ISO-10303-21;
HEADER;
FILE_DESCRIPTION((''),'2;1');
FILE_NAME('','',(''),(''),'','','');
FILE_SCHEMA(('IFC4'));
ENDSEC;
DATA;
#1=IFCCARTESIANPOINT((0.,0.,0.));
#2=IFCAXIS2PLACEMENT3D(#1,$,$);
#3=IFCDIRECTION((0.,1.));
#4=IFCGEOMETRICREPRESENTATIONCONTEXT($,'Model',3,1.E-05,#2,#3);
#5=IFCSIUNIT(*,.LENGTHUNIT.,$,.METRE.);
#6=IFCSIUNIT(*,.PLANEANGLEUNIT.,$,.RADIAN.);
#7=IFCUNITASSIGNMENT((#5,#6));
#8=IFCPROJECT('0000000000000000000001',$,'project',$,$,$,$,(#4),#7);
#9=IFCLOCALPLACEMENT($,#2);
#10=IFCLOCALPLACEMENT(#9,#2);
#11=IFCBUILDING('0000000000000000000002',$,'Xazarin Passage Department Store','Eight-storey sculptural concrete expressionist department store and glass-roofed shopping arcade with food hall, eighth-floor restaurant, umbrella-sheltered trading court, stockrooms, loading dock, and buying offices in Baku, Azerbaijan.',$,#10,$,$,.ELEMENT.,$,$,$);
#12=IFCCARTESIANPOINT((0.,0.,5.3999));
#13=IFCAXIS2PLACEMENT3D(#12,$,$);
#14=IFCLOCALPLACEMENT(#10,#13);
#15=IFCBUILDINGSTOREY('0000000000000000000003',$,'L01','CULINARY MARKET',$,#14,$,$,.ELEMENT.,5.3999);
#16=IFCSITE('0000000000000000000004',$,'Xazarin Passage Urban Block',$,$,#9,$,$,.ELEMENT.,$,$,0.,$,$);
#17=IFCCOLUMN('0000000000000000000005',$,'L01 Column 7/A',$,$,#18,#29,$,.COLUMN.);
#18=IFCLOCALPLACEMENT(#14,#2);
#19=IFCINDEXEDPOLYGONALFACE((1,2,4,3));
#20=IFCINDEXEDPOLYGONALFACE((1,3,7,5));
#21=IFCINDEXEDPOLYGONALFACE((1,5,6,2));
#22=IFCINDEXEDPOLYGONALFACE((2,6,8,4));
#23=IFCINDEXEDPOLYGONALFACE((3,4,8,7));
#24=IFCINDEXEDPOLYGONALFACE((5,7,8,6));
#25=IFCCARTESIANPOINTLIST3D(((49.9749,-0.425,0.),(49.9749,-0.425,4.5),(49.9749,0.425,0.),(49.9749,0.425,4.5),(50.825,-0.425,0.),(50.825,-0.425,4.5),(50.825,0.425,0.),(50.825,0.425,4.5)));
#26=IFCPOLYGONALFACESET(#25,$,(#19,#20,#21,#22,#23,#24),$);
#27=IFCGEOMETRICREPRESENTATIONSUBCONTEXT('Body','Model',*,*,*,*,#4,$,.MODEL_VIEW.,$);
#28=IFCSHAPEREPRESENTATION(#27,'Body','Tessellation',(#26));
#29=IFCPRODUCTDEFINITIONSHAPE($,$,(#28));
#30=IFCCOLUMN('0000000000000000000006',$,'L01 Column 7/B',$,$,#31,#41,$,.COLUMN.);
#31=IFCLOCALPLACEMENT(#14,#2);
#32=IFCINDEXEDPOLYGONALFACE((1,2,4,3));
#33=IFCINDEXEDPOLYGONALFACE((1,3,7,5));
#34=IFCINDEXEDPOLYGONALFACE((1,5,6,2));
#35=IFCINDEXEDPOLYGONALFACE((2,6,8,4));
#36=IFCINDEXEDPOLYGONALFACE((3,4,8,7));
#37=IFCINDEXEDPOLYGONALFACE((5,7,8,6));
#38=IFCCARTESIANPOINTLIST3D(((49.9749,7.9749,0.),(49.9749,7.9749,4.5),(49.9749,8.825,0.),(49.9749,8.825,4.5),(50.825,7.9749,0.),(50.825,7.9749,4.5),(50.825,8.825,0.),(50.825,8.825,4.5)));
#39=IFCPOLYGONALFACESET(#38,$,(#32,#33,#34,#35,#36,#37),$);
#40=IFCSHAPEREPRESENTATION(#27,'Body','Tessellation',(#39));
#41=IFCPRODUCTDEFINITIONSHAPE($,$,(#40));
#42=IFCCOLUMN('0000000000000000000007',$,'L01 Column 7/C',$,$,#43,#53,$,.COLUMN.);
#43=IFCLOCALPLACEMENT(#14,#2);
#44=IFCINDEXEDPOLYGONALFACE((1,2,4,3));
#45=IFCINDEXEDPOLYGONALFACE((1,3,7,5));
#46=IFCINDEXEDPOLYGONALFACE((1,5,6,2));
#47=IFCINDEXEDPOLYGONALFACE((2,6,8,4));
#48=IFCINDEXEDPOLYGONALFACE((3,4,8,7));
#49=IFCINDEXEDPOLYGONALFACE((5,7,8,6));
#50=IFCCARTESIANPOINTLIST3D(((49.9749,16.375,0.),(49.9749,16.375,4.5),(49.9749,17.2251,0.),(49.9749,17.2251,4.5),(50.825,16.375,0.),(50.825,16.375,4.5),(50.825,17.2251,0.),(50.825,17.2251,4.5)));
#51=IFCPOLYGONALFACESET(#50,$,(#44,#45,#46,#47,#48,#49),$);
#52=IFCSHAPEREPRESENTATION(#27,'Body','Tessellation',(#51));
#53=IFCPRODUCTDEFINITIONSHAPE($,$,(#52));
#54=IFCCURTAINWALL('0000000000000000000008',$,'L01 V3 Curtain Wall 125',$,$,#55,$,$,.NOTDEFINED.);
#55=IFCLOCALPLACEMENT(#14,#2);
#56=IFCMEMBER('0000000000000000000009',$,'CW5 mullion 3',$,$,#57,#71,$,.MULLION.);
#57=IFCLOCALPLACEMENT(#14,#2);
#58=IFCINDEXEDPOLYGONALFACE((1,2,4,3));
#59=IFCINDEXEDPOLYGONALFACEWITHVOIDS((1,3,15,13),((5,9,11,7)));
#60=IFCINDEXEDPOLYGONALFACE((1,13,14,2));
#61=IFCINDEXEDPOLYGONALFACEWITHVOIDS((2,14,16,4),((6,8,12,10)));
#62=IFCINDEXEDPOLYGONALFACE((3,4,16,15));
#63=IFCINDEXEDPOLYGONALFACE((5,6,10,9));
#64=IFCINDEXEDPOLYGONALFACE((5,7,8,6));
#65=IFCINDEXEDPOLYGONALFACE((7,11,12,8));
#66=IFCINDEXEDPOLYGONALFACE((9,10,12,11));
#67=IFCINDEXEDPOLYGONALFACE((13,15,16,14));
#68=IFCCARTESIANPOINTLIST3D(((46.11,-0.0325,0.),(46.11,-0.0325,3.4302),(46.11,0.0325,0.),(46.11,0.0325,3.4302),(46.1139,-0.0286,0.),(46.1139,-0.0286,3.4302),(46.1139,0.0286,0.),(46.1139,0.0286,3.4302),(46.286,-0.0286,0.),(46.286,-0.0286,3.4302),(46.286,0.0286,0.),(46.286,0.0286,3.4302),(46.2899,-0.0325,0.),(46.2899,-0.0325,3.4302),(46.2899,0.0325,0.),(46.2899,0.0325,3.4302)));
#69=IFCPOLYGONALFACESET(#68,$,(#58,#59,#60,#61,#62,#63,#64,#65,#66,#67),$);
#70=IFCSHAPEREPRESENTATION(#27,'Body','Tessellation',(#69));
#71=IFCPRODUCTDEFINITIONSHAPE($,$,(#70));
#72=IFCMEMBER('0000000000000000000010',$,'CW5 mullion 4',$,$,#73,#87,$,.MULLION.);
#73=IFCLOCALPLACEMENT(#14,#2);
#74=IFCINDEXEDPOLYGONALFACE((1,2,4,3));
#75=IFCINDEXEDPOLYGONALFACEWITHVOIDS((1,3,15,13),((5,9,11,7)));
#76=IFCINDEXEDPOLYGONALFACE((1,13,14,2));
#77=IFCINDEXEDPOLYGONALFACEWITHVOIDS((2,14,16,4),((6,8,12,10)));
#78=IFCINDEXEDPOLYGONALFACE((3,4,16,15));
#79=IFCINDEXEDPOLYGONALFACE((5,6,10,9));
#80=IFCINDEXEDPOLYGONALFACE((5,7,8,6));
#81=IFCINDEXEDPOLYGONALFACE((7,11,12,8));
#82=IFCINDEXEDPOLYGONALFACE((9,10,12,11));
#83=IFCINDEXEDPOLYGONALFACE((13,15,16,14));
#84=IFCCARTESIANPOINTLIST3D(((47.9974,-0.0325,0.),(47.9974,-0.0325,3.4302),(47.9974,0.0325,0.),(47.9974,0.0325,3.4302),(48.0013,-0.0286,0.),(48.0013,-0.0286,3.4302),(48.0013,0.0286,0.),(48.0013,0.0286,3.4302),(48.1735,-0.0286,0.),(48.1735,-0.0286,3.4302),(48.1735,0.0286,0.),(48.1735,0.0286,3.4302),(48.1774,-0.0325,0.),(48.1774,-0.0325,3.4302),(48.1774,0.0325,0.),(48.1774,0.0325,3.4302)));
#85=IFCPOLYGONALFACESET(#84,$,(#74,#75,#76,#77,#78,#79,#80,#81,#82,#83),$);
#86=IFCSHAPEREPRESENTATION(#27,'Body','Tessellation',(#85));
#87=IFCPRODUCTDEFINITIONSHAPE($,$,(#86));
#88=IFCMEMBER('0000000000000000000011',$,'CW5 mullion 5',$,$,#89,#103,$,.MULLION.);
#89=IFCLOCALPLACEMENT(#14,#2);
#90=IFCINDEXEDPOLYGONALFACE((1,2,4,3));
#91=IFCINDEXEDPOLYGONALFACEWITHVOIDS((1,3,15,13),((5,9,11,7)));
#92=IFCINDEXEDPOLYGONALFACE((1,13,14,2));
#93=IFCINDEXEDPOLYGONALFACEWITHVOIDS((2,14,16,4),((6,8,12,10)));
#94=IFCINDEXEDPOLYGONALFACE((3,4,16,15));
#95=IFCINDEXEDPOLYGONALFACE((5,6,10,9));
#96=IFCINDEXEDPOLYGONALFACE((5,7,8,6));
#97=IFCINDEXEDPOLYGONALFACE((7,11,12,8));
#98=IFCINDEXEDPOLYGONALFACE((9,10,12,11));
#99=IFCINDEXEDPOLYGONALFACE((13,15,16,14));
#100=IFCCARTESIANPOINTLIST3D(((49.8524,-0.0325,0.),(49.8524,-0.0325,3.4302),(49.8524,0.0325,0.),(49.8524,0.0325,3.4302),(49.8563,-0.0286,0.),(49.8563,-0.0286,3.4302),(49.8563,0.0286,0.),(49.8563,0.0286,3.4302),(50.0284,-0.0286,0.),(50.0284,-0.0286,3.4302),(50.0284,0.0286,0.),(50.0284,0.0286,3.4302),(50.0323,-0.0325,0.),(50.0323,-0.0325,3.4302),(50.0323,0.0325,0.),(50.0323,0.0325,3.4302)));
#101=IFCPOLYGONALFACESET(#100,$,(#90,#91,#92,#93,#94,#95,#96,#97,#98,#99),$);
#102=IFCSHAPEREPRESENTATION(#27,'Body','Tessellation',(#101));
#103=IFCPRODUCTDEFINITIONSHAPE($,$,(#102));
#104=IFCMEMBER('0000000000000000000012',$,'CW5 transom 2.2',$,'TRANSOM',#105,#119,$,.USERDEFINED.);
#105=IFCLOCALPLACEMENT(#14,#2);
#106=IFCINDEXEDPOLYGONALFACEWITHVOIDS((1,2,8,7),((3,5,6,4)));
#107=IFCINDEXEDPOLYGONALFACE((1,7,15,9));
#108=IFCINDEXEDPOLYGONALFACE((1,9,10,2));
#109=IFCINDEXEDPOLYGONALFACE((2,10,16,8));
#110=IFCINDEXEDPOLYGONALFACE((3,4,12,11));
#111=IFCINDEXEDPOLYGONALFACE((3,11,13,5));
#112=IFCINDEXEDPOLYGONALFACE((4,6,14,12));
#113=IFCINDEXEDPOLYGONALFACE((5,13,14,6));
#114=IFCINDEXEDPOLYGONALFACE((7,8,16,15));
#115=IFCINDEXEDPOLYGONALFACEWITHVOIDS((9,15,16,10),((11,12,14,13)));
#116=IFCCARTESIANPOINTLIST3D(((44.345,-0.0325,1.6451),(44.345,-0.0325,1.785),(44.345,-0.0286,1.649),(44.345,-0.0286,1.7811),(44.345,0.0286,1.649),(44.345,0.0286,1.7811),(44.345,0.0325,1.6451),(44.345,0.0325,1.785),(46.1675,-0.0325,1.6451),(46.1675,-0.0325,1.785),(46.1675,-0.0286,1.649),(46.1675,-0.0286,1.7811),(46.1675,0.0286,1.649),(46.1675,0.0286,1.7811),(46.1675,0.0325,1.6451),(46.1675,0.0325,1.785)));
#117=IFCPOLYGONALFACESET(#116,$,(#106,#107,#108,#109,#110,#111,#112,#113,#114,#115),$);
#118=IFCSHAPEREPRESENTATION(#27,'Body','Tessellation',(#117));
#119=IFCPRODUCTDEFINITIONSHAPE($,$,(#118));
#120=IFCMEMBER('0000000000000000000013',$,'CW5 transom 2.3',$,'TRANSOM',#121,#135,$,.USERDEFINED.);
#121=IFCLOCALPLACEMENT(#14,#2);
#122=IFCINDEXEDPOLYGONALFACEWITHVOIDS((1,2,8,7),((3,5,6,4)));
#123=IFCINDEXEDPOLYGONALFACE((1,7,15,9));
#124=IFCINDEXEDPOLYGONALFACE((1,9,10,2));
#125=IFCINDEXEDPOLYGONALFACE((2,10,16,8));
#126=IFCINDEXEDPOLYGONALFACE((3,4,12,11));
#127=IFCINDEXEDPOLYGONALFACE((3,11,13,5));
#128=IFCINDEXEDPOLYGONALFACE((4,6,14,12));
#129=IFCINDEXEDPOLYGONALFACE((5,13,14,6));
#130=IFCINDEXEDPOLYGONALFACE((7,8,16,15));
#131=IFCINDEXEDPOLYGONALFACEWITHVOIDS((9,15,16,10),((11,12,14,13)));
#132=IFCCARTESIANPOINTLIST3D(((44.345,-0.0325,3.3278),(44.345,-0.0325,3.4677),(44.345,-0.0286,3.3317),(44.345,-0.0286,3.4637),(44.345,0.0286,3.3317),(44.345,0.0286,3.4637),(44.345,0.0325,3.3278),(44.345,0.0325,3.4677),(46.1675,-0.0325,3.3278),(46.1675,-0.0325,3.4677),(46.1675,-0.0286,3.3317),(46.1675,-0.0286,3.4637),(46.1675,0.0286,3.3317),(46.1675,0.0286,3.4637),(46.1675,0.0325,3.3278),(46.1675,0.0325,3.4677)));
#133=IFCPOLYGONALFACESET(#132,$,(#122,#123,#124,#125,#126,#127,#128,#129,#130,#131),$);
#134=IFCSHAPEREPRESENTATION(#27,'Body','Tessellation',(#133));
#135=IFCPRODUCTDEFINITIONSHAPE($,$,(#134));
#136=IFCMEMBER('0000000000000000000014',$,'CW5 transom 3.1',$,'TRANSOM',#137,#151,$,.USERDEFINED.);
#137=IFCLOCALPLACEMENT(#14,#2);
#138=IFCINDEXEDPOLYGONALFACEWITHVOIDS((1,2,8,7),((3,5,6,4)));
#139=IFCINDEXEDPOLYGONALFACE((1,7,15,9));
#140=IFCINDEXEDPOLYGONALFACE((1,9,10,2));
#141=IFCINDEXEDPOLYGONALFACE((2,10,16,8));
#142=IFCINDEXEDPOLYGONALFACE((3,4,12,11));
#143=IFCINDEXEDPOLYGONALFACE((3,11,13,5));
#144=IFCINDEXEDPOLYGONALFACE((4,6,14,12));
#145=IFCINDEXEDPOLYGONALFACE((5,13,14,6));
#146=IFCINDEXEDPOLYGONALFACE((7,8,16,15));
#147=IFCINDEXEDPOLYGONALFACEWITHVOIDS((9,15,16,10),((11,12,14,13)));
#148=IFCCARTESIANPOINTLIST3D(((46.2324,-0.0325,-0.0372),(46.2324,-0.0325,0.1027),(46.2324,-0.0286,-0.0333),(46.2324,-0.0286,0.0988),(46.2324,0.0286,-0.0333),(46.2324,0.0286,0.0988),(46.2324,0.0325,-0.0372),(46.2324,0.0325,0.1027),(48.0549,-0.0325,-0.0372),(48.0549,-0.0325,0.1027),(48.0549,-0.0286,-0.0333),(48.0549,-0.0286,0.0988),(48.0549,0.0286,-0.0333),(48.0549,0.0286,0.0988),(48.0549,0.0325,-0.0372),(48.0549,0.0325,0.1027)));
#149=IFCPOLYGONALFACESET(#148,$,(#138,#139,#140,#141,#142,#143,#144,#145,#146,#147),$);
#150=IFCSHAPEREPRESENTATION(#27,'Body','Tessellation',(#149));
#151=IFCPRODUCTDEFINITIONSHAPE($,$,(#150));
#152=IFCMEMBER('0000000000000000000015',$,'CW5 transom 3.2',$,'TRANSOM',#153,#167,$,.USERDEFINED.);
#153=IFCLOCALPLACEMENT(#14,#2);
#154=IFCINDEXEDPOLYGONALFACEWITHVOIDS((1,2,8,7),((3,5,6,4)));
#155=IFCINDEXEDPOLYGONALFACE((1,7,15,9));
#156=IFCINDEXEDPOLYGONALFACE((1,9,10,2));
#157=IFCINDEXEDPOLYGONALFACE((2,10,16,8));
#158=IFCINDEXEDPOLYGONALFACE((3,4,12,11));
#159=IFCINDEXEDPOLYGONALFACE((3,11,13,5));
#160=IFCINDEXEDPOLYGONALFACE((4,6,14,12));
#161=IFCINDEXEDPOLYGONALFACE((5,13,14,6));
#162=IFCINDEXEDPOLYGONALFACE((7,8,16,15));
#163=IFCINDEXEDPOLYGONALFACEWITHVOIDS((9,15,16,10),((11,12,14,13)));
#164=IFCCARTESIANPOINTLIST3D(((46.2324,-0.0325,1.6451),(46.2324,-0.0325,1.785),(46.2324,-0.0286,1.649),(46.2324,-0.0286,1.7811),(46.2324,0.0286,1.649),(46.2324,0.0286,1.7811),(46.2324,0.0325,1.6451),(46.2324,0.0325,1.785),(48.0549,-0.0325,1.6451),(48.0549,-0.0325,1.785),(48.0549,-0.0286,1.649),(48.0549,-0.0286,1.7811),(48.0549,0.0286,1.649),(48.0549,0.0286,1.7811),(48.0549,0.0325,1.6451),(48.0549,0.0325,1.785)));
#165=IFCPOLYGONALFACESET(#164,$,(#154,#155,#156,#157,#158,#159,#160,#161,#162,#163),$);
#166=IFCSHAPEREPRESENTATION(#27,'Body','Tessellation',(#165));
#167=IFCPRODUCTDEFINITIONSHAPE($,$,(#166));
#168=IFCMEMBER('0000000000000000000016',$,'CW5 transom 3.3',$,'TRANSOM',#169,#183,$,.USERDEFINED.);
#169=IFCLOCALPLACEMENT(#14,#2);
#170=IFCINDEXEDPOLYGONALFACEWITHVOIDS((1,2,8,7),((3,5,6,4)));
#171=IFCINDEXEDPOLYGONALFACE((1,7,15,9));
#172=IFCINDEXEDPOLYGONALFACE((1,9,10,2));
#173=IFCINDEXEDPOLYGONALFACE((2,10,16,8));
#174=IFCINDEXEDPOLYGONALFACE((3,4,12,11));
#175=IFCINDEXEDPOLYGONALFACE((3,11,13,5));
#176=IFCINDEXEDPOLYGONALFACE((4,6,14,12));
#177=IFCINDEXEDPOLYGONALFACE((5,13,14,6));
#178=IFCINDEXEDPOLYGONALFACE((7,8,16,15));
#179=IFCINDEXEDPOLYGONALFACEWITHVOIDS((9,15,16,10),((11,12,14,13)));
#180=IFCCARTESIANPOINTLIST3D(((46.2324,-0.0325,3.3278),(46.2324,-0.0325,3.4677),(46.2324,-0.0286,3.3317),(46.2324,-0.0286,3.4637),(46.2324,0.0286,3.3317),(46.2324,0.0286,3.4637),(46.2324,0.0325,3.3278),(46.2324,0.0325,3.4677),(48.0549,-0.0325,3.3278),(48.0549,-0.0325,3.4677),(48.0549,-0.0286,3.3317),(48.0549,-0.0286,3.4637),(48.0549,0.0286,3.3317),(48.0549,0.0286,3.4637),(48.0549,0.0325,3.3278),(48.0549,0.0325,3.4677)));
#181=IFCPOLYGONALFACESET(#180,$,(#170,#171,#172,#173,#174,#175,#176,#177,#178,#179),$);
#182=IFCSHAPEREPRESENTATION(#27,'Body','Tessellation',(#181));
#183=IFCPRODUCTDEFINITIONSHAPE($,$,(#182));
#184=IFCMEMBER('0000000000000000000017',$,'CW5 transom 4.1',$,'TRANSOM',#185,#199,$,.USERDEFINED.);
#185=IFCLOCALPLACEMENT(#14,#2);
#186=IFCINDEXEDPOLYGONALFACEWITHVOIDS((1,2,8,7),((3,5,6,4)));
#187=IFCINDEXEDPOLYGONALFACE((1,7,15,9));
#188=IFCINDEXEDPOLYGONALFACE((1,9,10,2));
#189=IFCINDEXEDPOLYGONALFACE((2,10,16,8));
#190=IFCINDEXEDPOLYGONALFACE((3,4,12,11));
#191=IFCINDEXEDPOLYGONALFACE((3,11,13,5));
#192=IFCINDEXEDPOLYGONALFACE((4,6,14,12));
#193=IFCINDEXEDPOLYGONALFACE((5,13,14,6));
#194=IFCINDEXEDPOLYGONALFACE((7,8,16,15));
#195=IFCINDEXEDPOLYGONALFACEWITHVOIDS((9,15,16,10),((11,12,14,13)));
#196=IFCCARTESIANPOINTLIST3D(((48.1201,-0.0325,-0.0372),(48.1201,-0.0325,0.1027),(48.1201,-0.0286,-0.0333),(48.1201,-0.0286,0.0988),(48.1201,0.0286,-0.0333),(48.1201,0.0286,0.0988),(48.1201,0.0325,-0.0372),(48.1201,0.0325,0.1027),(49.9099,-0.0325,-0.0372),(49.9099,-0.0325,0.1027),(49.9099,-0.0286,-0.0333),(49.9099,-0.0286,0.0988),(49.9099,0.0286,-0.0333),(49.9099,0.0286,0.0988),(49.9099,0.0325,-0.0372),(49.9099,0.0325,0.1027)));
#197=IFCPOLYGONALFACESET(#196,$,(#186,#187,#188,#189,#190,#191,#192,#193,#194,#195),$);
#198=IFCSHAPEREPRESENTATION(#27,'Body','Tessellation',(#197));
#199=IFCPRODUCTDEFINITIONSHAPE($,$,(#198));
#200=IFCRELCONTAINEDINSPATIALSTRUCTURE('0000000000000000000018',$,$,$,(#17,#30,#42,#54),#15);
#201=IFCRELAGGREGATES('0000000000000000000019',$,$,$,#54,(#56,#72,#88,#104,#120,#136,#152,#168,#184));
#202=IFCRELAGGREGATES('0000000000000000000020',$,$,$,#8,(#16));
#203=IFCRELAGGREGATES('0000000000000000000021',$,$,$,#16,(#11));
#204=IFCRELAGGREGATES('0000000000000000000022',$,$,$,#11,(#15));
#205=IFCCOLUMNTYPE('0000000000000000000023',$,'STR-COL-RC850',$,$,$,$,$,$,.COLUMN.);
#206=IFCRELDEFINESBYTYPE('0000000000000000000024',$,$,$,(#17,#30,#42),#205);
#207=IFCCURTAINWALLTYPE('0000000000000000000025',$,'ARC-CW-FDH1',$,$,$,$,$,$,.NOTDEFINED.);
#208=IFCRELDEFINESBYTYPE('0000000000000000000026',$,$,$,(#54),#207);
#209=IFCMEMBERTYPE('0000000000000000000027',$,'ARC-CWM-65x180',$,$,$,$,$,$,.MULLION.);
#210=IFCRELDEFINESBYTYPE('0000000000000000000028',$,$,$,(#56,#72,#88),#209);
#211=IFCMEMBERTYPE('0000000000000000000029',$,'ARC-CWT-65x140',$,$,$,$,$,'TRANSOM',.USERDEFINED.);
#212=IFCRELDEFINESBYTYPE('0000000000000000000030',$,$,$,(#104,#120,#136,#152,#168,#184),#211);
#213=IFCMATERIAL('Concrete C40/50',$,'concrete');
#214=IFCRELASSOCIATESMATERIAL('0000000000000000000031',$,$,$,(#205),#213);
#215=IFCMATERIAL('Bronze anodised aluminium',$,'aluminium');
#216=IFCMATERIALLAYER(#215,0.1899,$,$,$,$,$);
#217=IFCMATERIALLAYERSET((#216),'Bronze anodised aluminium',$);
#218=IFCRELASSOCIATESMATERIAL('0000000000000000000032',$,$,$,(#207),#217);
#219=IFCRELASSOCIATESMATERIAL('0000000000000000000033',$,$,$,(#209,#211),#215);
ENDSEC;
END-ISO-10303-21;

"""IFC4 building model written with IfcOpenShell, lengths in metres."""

from ifc_helpers import new_model, si_unit, direction, frame, origin, origin_2d, place, context, subcontext, project, spatial, rectangle, hollow_rectangle, extrude, material, layer, layer_set, material_profile, profile_set, type_object, element, aggregate, save


model = new_model("IFC4")

# Units and contexts
model_context = context("Model", 3, precision=1e-05, world=origin(), true_north=direction((0.0, 1.0)))
body_context = subcontext(model_context, "Body", "Model", "MODEL_VIEW")
ifc_project = project(units=[si_unit("LENGTHUNIT", "METRE"), si_unit("PLANEANGLEUNIT", "RADIAN")], contexts=[model_context])

# Site, building, storey
site_placement = place(None, origin())
site = spatial("IfcSite", under=ifc_project, at=site_placement, Name="Xazarin Passage Urban Block", CompositionType="ELEMENT", RefElevation=0.0)
building_placement = place(site_placement, origin())
building = spatial("IfcBuilding", under=site, at=building_placement, Name="Xazarin Passage Department Store", Description="Eight-storey sculptural concrete expressionist department store and glass-roofed shopping arcade with food hall, eighth-floor restaurant, umbrella-sheltered trading court, stockrooms, loading dock, and buying offices in Baku, Azerbaijan.", CompositionType="ELEMENT")
storey_placement = place(building_placement, frame((0.0, 0.0, 5.3999)))
storey = spatial("IfcBuildingStorey", under=building, at=storey_placement, Name="L01", Description="CULINARY MARKET", CompositionType="ELEMENT", Elevation=5.3999)

# Columns
ifc_material_1 = material(Name="Concrete C40/50", Category="concrete")
ifc_material_profile_1 = material_profile(ifc_material_1, rectangle(XDim=0.8501, YDim=0.8501, at=origin_2d()), Name="RC 850x850")
ifc_profile_set_1 = profile_set([ifc_material_profile_1], Name="Concrete C40/50")
column_type = type_object("IfcColumnType", Name="STR-COL-RC850", PredefinedType="COLUMN", material=ifc_profile_set_1)
for number, where, z_axis, x_axis, name in (
    (1, (50.3999, 0.0, 0.0), (0.0, 0.0, 1.0), (1.0, 0.0, 0.0), "L01 Column 7/A"),
    (2, (50.3999, 8.3999, 0.0), (0.0, 0.0, 1.0), (1.0, 0.0, 0.0), "L01 Column 7/B"),
    (3, (50.3999, 16.8, 0.0), (0.0, 0.0, 1.0), (1.0, 0.0, 0.0), "L01 Column 7/C"),
):
    element("IfcColumn", number, at=place(storey_placement, frame(where, z_axis=z_axis, x_axis=x_axis)), inside=storey, type_object=column_type, Name=name, PredefinedType="COLUMN", context=body_context, shape_type="SweptSolid", body=[
        extrude(rectangle(XDim=0.8501, YDim=0.8501, at=origin_2d()), origin(), (0.0, 0.0, 1.0), 4.5),
    ])

# Curtain wall, members
ifc_material_2 = material(Name="Bronze anodised aluminium", Category="aluminium")
ifc_layer_1 = layer(ifc_material_2, 0.1899)
ifc_layer_set_1 = layer_set([ifc_layer_1], Name="Bronze anodised aluminium")
curtain_wall_type = type_object("IfcCurtainWallType", Name="ARC-CW-FDH1", PredefinedType="NOTDEFINED", material=ifc_layer_set_1)
curtain_wall_placement = place(storey_placement, origin())
curtain_wall = element("IfcCurtainWall", 4, at=curtain_wall_placement, inside=storey, type_object=curtain_wall_type, Name="L01 V3 Curtain Wall 125", PredefinedType="NOTDEFINED")
ifc_material_profile_2 = material_profile(ifc_material_2, hollow_rectangle(XDim=0.0649, YDim=0.1799, WallThickness=0.0039, at=origin_2d()), Name="ALU 65x180")
ifc_profile_set_2 = profile_set([ifc_material_profile_2], Name="Bronze anodised aluminium")
member_type_1 = type_object("IfcMemberType", Name="ARC-CWM-65x180", PredefinedType="MULLION", material=ifc_profile_set_2)
member_1_placement = place(storey_placement, frame((46.2, 0.0, 0.0), z_axis=(0.0, 0.0, 1.0), x_axis=(0.0, 1.0, 0.0)))
member_1 = element("IfcMember", 5, at=member_1_placement, type_object=member_type_1, Name="CW5 mullion 3", PredefinedType="MULLION", context=body_context, shape_type="SweptSolid", body=[
    extrude(hollow_rectangle(XDim=0.0649, YDim=0.1799, WallThickness=0.0039, at=origin_2d()), origin(), (0.0, 0.0, 1.0), 3.4302),
])
member_2_placement = place(storey_placement, frame((48.0874, 0.0, 0.0), z_axis=(0.0, 0.0, 1.0), x_axis=(0.0, 1.0, 0.0)))
member_2 = element("IfcMember", 6, at=member_2_placement, type_object=member_type_1, Name="CW5 mullion 4", PredefinedType="MULLION", context=body_context, shape_type="SweptSolid", body=[
    extrude(hollow_rectangle(XDim=0.0649, YDim=0.1799, WallThickness=0.0039, at=origin_2d()), origin(), (0.0, 0.0, 1.0), 3.4302),
])
member_3_placement = place(storey_placement, frame((49.9424, 0.0, 0.0), z_axis=(0.0, 0.0, 1.0), x_axis=(0.0, 1.0, 0.0)))
member_3 = element("IfcMember", 7, at=member_3_placement, type_object=member_type_1, Name="CW5 mullion 5", PredefinedType="MULLION", context=body_context, shape_type="SweptSolid", body=[
    extrude(hollow_rectangle(XDim=0.0649, YDim=0.1799, WallThickness=0.0039, at=origin_2d()), origin(), (0.0, 0.0, 1.0), 3.4302),
])
ifc_material_profile_3 = material_profile(ifc_material_2, hollow_rectangle(XDim=0.0649, YDim=0.1399, WallThickness=0.0039, at=origin_2d()), Name="ALU 65x140")
ifc_profile_set_3 = profile_set([ifc_material_profile_3], Name="Bronze anodised aluminium")
member_type_2 = type_object("IfcMemberType", Name="ARC-CWT-65x140", ElementType="TRANSOM", PredefinedType="USERDEFINED", material=ifc_profile_set_3)
member_4_placement = place(storey_placement, frame((44.345, 0.0, 1.7151), z_axis=(1.0, 0.0, 0.0), x_axis=(0.0, 1.0, 0.0)))
member_4 = element("IfcMember", 8, at=member_4_placement, type_object=member_type_2, Name="CW5 transom 2.2", ObjectType="TRANSOM", PredefinedType="USERDEFINED", context=body_context, shape_type="SweptSolid", body=[
    extrude(hollow_rectangle(XDim=0.0649, YDim=0.1399, WallThickness=0.0039, at=origin_2d()), origin(), (0.0, 0.0, 1.0), 1.8225),
])
member_5_placement = place(storey_placement, frame((44.345, 0.0, 3.3977), z_axis=(1.0, 0.0, 0.0), x_axis=(0.0, 1.0, 0.0)))
member_5 = element("IfcMember", 9, at=member_5_placement, type_object=member_type_2, Name="CW5 transom 2.3", ObjectType="TRANSOM", PredefinedType="USERDEFINED", context=body_context, shape_type="SweptSolid", body=[
    extrude(hollow_rectangle(XDim=0.0649, YDim=0.1399, WallThickness=0.0039, at=origin_2d()), origin(), (0.0, 0.0, 1.0), 1.8225),
])
member_6_placement = place(storey_placement, frame((46.2324, 0.0, 0.0327), z_axis=(1.0, 0.0, 0.0), x_axis=(0.0, 1.0, 0.0)))
member_6 = element("IfcMember", 10, at=member_6_placement, type_object=member_type_2, Name="CW5 transom 3.1", ObjectType="TRANSOM", PredefinedType="USERDEFINED", context=body_context, shape_type="SweptSolid", body=[
    extrude(hollow_rectangle(XDim=0.0649, YDim=0.1399, WallThickness=0.0039, at=origin_2d()), origin(), (0.0, 0.0, 1.0), 1.8225),
])
member_7_placement = place(storey_placement, frame((46.2324, 0.0, 1.7151), z_axis=(1.0, 0.0, 0.0), x_axis=(0.0, 1.0, 0.0)))
member_7 = element("IfcMember", 11, at=member_7_placement, type_object=member_type_2, Name="CW5 transom 3.2", ObjectType="TRANSOM", PredefinedType="USERDEFINED", context=body_context, shape_type="SweptSolid", body=[
    extrude(hollow_rectangle(XDim=0.0649, YDim=0.1399, WallThickness=0.0039, at=origin_2d()), origin(), (0.0, 0.0, 1.0), 1.8225),
])
member_8_placement = place(storey_placement, frame((46.2324, 0.0, 3.3977), z_axis=(1.0, 0.0, 0.0), x_axis=(0.0, 1.0, 0.0)))
member_8 = element("IfcMember", 12, at=member_8_placement, type_object=member_type_2, Name="CW5 transom 3.3", ObjectType="TRANSOM", PredefinedType="USERDEFINED", context=body_context, shape_type="SweptSolid", body=[
    extrude(hollow_rectangle(XDim=0.0649, YDim=0.1399, WallThickness=0.0039, at=origin_2d()), origin(), (0.0, 0.0, 1.0), 1.8225),
])
member_9_placement = place(storey_placement, frame((48.1201, 0.0, 0.0327), z_axis=(1.0, 0.0, 0.0), x_axis=(0.0, 1.0, 0.0)))
member_9 = element("IfcMember", 13, at=member_9_placement, type_object=member_type_2, Name="CW5 transom 4.1", ObjectType="TRANSOM", PredefinedType="USERDEFINED", context=body_context, shape_type="SweptSolid", body=[
    extrude(hollow_rectangle(XDim=0.0649, YDim=0.1399, WallThickness=0.0039, at=origin_2d()), origin(), (0.0, 0.0, 1.0), 1.7898),
])

aggregate(curtain_wall, [member_1, member_2, member_3, member_4, member_5, member_6, member_7, member_8, member_9])

save(model, "model.ifc")
